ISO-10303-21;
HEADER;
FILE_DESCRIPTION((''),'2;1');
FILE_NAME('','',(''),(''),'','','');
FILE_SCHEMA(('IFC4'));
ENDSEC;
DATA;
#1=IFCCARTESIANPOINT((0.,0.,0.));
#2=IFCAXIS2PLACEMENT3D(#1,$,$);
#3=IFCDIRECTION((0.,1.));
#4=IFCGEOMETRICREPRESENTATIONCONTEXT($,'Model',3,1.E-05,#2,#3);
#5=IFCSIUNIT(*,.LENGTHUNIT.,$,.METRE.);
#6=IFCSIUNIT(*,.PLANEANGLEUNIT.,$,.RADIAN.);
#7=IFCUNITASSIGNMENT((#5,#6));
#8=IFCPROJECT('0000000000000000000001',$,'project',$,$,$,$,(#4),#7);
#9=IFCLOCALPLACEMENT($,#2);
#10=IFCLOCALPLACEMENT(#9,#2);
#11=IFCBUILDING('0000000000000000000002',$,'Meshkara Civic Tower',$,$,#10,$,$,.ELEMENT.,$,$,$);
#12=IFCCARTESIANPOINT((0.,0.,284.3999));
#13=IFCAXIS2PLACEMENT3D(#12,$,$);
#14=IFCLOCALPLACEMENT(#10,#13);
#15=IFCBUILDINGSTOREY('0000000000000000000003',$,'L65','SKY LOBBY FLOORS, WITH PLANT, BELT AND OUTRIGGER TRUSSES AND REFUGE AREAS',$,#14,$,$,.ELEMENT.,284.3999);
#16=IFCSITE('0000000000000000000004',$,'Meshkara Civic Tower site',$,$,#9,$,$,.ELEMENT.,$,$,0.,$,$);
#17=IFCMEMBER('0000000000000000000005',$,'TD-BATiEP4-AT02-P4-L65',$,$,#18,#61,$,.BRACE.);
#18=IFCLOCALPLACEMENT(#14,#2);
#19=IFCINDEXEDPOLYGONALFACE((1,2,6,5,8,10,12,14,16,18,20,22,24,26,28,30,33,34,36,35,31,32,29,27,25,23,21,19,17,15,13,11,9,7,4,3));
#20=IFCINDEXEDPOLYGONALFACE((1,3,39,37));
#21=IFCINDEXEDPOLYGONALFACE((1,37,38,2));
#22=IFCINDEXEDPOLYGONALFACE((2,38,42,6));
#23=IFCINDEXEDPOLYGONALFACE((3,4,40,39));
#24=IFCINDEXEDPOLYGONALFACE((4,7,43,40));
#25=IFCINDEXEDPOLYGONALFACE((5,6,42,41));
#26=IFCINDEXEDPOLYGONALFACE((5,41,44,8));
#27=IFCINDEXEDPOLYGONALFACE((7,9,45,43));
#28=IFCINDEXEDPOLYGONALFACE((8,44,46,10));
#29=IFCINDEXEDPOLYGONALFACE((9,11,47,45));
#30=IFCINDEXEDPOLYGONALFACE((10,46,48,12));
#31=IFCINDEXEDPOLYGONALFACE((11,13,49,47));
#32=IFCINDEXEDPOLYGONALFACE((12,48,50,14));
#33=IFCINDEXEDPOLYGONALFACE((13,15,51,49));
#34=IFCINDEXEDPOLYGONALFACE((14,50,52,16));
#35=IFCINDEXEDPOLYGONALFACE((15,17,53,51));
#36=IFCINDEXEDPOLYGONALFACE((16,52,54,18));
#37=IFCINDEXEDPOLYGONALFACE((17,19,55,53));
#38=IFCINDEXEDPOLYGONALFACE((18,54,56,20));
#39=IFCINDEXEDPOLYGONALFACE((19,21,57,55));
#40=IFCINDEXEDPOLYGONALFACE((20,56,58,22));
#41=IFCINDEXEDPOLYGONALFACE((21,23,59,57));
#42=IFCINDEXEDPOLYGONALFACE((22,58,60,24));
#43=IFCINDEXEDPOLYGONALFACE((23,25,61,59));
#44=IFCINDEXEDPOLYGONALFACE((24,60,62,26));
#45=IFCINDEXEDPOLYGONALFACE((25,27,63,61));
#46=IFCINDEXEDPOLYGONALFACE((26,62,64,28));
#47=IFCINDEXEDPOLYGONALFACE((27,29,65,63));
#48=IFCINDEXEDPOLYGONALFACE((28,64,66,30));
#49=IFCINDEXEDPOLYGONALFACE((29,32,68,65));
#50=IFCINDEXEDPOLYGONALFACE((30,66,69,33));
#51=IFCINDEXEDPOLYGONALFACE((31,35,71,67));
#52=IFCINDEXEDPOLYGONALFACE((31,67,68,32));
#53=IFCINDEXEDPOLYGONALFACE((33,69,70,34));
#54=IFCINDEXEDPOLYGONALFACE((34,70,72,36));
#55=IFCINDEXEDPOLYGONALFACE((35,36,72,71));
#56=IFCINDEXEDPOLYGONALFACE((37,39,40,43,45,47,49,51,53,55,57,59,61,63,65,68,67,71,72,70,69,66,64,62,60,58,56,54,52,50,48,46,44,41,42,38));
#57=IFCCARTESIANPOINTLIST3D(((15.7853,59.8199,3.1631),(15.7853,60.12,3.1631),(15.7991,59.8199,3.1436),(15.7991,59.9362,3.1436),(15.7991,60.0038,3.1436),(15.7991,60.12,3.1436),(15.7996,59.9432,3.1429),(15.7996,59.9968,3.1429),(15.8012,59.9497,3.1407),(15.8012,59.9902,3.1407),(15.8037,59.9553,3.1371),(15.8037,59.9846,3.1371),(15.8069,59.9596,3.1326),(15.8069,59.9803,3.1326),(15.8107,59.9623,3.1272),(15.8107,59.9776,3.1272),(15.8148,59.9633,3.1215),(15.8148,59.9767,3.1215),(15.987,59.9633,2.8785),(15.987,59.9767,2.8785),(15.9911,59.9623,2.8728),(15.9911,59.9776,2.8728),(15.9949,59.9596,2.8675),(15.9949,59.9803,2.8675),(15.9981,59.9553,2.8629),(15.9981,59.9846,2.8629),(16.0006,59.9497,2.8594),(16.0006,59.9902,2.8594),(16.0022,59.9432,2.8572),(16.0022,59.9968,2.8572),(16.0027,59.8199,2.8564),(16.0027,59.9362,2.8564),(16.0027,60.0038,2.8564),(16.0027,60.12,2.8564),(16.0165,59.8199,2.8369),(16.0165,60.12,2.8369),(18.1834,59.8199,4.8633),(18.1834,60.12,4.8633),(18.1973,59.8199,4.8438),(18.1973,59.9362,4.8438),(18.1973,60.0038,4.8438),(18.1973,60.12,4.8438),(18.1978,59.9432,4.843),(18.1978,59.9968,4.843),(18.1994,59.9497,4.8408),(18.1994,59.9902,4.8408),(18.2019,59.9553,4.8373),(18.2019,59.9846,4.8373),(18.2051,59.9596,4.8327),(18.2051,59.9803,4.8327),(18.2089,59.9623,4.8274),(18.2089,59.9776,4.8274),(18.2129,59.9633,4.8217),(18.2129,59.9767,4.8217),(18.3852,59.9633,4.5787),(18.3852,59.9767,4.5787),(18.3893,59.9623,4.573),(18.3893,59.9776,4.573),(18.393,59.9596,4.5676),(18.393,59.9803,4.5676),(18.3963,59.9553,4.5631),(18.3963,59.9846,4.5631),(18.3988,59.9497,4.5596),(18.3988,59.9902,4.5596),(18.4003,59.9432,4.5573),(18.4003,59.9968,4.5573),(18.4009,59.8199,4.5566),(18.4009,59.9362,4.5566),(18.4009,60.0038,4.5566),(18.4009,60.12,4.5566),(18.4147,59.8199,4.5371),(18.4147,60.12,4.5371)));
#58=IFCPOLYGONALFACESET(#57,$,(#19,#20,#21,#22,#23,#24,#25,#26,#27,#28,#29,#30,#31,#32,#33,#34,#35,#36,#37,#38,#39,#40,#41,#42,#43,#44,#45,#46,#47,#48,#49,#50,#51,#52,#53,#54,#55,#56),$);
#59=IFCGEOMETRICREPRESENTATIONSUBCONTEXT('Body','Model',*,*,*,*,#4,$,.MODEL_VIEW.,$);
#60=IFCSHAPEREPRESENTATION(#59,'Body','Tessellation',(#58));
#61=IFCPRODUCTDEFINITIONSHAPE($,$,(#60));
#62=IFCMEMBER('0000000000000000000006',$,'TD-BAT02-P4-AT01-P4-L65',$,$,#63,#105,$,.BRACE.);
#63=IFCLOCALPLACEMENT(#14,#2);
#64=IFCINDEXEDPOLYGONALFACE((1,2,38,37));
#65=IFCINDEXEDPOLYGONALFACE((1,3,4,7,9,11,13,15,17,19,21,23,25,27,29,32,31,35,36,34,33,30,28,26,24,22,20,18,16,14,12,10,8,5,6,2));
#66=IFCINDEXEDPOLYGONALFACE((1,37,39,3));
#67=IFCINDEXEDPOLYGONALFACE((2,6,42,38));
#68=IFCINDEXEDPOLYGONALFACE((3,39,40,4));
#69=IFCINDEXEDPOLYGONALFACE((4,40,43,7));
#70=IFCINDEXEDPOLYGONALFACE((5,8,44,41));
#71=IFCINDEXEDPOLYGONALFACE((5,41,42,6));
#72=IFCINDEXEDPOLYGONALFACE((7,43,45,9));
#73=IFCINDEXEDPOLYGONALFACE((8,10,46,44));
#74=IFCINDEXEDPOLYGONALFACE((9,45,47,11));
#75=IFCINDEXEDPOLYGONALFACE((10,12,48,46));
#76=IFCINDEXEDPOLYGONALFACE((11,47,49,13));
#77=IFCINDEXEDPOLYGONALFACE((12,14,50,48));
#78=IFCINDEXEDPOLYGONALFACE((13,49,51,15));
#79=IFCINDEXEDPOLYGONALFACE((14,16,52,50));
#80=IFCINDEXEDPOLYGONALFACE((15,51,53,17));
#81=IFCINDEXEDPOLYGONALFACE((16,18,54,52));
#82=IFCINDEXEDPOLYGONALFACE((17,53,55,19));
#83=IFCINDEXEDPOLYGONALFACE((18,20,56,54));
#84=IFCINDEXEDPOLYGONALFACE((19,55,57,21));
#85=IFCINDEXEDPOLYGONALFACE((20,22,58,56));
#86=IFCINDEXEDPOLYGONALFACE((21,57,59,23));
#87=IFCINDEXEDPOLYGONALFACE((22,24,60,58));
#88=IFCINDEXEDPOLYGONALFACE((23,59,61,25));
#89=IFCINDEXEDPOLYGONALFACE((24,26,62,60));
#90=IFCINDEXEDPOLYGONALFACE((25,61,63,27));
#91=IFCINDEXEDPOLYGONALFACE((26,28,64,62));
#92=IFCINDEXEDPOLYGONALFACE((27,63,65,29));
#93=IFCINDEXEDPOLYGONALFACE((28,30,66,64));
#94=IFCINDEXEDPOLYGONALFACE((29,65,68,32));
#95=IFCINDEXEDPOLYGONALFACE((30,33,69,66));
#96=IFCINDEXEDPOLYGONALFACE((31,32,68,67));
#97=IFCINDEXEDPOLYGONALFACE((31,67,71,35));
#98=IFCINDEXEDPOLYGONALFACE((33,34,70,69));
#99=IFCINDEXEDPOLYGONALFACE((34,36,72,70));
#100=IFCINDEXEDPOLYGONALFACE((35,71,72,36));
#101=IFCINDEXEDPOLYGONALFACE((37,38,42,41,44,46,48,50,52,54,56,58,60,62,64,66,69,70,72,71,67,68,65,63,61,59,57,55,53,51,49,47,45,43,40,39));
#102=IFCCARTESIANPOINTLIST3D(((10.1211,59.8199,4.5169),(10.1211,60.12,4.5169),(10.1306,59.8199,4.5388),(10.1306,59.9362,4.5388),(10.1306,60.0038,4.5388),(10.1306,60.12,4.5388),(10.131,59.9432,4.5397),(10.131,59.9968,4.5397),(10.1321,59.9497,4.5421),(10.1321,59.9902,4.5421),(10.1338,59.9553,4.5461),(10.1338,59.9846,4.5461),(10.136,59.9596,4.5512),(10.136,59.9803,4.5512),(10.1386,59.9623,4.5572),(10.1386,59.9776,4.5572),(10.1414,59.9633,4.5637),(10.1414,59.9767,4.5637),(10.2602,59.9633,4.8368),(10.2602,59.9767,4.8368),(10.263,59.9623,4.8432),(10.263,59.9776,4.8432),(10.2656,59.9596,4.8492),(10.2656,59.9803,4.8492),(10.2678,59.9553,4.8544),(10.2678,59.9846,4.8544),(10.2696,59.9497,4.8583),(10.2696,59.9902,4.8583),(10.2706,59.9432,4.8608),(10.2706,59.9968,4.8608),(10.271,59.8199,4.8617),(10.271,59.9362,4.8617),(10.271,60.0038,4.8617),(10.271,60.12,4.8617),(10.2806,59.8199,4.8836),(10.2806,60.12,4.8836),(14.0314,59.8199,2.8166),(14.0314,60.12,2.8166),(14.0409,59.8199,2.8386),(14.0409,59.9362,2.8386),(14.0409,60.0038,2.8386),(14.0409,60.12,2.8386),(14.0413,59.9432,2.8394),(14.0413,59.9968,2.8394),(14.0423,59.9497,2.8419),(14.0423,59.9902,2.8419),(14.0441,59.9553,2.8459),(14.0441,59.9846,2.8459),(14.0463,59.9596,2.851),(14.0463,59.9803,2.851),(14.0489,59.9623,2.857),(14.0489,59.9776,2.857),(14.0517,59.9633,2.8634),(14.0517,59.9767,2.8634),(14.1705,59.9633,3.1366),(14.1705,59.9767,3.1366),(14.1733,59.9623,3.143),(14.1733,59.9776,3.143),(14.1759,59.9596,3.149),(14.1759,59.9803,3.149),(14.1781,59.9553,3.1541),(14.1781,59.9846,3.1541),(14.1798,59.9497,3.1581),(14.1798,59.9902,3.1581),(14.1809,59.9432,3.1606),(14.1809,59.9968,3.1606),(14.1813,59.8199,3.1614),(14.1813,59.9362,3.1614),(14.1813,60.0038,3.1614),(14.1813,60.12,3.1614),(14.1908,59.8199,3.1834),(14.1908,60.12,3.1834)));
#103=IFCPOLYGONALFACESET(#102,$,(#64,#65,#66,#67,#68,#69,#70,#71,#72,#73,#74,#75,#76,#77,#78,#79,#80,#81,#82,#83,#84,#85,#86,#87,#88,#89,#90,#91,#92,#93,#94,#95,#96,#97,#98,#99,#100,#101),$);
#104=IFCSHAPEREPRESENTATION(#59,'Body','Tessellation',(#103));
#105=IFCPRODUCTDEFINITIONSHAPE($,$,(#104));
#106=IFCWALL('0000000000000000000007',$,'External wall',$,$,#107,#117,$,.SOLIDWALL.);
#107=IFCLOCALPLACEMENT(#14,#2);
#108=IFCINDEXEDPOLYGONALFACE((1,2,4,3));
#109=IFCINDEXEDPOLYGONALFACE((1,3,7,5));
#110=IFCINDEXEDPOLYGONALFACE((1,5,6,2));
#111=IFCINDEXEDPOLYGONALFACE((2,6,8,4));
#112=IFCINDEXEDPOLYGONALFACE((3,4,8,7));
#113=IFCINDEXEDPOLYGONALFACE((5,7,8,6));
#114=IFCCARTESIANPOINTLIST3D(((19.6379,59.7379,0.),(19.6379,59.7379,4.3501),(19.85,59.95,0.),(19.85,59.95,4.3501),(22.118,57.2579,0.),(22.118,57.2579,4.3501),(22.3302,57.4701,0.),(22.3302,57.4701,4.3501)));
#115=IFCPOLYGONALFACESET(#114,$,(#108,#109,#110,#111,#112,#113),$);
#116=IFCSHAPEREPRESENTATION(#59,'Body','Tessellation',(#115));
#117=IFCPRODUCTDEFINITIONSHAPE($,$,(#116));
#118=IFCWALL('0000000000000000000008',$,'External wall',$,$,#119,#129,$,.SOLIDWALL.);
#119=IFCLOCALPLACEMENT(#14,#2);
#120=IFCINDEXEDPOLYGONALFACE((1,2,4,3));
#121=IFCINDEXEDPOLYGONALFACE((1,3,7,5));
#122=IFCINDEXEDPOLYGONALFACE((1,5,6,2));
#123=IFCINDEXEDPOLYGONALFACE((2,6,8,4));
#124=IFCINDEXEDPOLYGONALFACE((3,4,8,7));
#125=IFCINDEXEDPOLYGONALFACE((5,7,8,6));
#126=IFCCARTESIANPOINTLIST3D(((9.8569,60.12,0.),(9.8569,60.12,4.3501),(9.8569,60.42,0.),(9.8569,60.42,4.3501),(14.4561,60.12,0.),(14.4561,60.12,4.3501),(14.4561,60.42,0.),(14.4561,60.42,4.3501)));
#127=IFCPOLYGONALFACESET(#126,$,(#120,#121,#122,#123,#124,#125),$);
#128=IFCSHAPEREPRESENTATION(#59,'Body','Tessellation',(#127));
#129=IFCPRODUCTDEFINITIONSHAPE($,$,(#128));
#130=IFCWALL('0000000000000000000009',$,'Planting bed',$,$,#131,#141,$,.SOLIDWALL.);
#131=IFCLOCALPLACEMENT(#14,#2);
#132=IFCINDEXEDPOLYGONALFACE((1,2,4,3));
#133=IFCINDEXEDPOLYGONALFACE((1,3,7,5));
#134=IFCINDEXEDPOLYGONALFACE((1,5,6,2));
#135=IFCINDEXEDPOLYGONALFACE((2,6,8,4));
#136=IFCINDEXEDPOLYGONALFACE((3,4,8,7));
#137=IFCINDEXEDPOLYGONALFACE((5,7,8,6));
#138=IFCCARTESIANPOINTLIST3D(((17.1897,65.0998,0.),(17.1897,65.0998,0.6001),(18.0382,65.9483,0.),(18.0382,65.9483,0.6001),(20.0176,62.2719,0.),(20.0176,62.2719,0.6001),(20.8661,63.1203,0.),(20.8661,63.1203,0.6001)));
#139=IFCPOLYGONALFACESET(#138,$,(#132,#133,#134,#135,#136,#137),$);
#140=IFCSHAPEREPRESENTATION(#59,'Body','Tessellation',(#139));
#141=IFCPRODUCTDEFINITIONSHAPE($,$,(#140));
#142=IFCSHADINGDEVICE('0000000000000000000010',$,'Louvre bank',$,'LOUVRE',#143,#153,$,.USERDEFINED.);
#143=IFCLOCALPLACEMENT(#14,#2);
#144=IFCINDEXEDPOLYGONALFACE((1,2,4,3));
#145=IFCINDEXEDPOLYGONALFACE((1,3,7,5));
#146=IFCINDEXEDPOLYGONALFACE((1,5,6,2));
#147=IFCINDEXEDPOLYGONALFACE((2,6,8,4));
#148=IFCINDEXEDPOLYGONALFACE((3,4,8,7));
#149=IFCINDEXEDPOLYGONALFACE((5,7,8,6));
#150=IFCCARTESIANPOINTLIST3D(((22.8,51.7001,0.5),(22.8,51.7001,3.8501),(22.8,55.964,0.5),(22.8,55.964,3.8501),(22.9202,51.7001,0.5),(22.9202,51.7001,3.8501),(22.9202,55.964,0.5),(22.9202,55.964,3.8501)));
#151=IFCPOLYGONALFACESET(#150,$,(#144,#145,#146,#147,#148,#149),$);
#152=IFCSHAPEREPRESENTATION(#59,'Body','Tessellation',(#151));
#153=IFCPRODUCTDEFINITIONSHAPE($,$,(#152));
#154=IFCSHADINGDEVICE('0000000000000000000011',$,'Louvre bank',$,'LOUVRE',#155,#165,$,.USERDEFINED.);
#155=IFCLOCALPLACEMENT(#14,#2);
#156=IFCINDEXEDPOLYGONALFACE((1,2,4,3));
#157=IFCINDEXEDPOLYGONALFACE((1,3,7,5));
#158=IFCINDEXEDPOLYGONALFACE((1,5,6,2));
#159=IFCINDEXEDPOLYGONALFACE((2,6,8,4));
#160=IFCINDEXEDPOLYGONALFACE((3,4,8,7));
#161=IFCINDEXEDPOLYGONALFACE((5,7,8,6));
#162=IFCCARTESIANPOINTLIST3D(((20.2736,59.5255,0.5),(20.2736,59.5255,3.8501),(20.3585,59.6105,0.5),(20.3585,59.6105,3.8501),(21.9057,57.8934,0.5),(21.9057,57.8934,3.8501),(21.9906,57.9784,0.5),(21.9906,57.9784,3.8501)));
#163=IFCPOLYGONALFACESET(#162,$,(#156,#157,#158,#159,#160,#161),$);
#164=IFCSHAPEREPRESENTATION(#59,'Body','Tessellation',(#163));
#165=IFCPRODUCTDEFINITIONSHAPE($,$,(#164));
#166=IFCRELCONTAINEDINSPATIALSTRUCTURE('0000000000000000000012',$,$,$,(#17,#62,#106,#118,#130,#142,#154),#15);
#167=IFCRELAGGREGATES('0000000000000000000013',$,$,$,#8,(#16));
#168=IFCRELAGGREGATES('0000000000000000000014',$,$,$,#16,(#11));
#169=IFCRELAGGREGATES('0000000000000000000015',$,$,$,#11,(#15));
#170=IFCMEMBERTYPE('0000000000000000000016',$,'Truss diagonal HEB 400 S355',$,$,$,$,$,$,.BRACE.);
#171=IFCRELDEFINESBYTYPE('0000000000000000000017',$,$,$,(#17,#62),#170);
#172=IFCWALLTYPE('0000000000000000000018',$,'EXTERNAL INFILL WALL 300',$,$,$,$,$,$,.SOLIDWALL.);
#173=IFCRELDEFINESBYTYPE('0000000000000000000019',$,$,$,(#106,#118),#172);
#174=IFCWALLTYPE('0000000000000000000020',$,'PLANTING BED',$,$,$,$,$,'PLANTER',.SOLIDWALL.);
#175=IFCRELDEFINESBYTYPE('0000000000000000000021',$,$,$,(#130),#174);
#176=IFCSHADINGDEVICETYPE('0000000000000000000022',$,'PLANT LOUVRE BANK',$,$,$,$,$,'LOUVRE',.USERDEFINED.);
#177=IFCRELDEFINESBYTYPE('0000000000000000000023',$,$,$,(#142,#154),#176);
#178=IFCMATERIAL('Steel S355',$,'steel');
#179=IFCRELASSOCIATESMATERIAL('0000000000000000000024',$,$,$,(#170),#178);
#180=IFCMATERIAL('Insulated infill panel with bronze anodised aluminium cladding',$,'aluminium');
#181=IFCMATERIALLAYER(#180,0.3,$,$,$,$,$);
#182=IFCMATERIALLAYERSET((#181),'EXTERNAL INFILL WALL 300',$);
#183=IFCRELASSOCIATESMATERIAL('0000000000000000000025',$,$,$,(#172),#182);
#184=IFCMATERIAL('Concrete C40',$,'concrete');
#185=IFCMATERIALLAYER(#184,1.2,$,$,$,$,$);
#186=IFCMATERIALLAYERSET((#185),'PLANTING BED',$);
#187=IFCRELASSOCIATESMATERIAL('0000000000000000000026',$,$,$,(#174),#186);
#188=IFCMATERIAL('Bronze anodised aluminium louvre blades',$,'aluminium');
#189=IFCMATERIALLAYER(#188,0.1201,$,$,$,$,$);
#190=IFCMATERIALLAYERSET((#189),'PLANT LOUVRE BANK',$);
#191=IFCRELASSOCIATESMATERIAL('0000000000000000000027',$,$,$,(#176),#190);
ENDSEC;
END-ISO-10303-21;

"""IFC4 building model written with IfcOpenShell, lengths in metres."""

from ifc_helpers import new_model, si_unit, direction, frame, frame_2d, origin, origin_2d, place, context, subcontext, project, spatial, rectangle, i_section, extrude, material, layer, layer_set, material_profile, profile_set, type_object, element, save


model = new_model("IFC4")

# Units and contexts
model_context = context("Model", 3, precision=1e-05, world=origin(), true_north=direction((0.0, 1.0)))
body_context = subcontext(model_context, "Body", "Model", "MODEL_VIEW")
ifc_project = project(units=[si_unit("LENGTHUNIT", "METRE"), si_unit("PLANEANGLEUNIT", "RADIAN")], contexts=[model_context])

# Site, building, storey
site_placement = place(None, origin())
site = spatial("IfcSite", under=ifc_project, at=site_placement, Name="Meshkara Civic Tower site", CompositionType="ELEMENT", RefElevation=0.0)
building_placement = place(site_placement, origin())
building = spatial("IfcBuilding", under=site, at=building_placement, Name="Meshkara Civic Tower", CompositionType="ELEMENT")
storey_placement = place(building_placement, frame((0.0, 0.0, 284.3999)))
storey = spatial("IfcBuildingStorey", under=building, at=storey_placement, Name="L65", Description="SKY LOBBY FLOORS, WITH PLANT, BELT AND OUTRIGGER TRUSSES AND REFUGE AREAS", CompositionType="ELEMENT", Elevation=284.3999)

# Members
ifc_material_1 = material(Name="Steel S355", Category="steel")
ifc_material_profile_1 = material_profile(ifc_material_1, i_section(OverallWidth=0.3, OverallDepth=0.3999, WebThickness=0.0134, FlangeThickness=0.0239, FilletRadius=0.0271, at=origin_2d()))
ifc_profile_set_1 = profile_set([ifc_material_profile_1], Name="Steel S355")
member_type = type_object("IfcMemberType", Name="Truss diagonal HEB 400 S355", PredefinedType="BRACE", material=ifc_profile_set_1)
member_1_placement = place(storey_placement, frame((18.2991, 59.97, 4.7002), z_axis=(-0.815788, 0.0, -0.578351), x_axis=(0.0, -1.0, 0.0)))
element("IfcMember", 1, at=member_1_placement, inside=storey, type_object=member_type, Name="TD-BATiEP4-AT02-P4-L65", PredefinedType="BRACE", context=body_context, shape_type="SweptSolid", body=[
    extrude(i_section(OverallWidth=0.3, OverallDepth=0.3999, WebThickness=0.0134, FlangeThickness=0.0239, FilletRadius=0.0271, at=origin_2d()), origin(), (0.0, 0.0, 1.0), 2.9397),
])
member_2_placement = place(storey_placement, frame((14.1111, 59.97, 3.0), z_axis=(-0.917059, 0.0, 0.398751), x_axis=(0.0, -1.0, 0.0)))
element("IfcMember", 2, at=member_2_placement, inside=storey, type_object=member_type, Name="TD-BAT02-P4-AT01-P4-L65", PredefinedType="BRACE", context=body_context, shape_type="SweptSolid", body=[
    extrude(i_section(OverallWidth=0.3, OverallDepth=0.3999, WebThickness=0.0134, FlangeThickness=0.0239, FilletRadius=0.0271, at=origin_2d()), origin(), (0.0, 0.0, 1.0), 4.2639),
])

# Wall
ifc_material_2 = material(Name="Insulated infill panel with bronze anodised aluminium cladding", Category="aluminium")
ifc_layer_1 = layer(ifc_material_2, 0.3)
ifc_layer_set_1 = layer_set([ifc_layer_1], Name="EXTERNAL INFILL WALL 300")
wall_type_1 = type_object("IfcWallType", Name="EXTERNAL INFILL WALL 300", PredefinedType="SOLIDWALL", material=ifc_layer_set_1)
wall_1_placement = place(storey_placement, frame((22.2241, 57.364, 0.0), z_axis=(0.0, 0.0, 1.0), x_axis=(-0.707142, 0.707072, 0.0)))
element("IfcWall", 3, at=wall_1_placement, inside=storey, type_object=wall_type_1, Name="External wall", PredefinedType="SOLIDWALL", context=body_context, shape_type="SweptSolid", body=[
    extrude(rectangle(XDim=3.5073, YDim=0.3, at=frame_2d((1.7537, 0.0))), origin(), (0.0, 0.0, 1.0), 4.3501),
])

# Walls
wall_2_placement = place(storey_placement, frame((14.4561, 60.27, 0.0), z_axis=(0.0, 0.0, 1.0), x_axis=(-1.0, 0.0, 0.0)))
element("IfcWall", 4, at=wall_2_placement, inside=storey, type_object=wall_type_1, Name="External wall", PredefinedType="SOLIDWALL", context=body_context, shape_type="SweptSolid", body=[
    extrude(rectangle(XDim=4.5991, YDim=0.3, at=frame_2d((2.2996, 0.0))), origin(), (0.0, 0.0, 1.0), 4.3501),
])
ifc_material_3 = material(Name="Concrete C40", Category="concrete")
ifc_layer_2 = layer(ifc_material_3, 1.2)
ifc_layer_set_2 = layer_set([ifc_layer_2], Name="PLANTING BED")
wall_type_2 = type_object("IfcWallType", Name="PLANTING BED", ElementType="PLANTER", PredefinedType="SOLIDWALL", material=ifc_layer_set_2)
wall_3_placement = place(storey_placement, frame((17.614, 65.5239, 0.0), z_axis=(0.0, 0.0, 1.0), x_axis=(0.707107, -0.707107, 0.0)))
element("IfcWall", 5, at=wall_3_placement, inside=storey, type_object=wall_type_2, Name="Planting bed", PredefinedType="SOLIDWALL", context=body_context, shape_type="SweptSolid", body=[
    extrude(rectangle(XDim=3.9993, YDim=1.2, at=frame_2d((1.9995, 0.0))), origin(), (0.0, 0.0, 1.0), 0.6001),
])

# Shading devices
ifc_material_4 = material(Name="Bronze anodised aluminium louvre blades", Category="aluminium")
ifc_layer_3 = layer(ifc_material_4, 0.1201)
ifc_layer_set_3 = layer_set([ifc_layer_3], Name="PLANT LOUVRE BANK")
shading_device_type = type_object("IfcShadingDeviceType", Name="PLANT LOUVRE BANK", ElementType="LOUVRE", PredefinedType="USERDEFINED", material=ifc_layer_set_3)
shading_device_1_placement = place(storey_placement, frame((22.8601, 53.832, 0.5), z_axis=(0.0, 0.0, 1.0), x_axis=(0.0, 1.0, 0.0)))
element("IfcShadingDevice", 6, at=shading_device_1_placement, inside=storey, type_object=shading_device_type, Name="Louvre bank", ObjectType="LOUVRE", PredefinedType="USERDEFINED", context=body_context, shape_type="SweptSolid", body=[
    extrude(rectangle(XDim=4.2639, YDim=0.1201, at=origin_2d()), origin(), (0.0, 0.0, 1.0), 3.3501),
])
shading_device_2_placement = place(storey_placement, frame((21.1321, 58.752, 0.5), z_axis=(0.0, 0.0, 1.0), x_axis=(-0.707107, 0.707107, 0.0)))
element("IfcShadingDevice", 7, at=shading_device_2_placement, inside=storey, type_object=shading_device_type, Name="Louvre bank", ObjectType="LOUVRE", PredefinedType="USERDEFINED", context=body_context, shape_type="SweptSolid", body=[
    extrude(rectangle(XDim=2.3081, YDim=0.1201, at=origin_2d()), origin(), (0.0, 0.0, 1.0), 3.3501),
])

save(model, "model.ifc")
